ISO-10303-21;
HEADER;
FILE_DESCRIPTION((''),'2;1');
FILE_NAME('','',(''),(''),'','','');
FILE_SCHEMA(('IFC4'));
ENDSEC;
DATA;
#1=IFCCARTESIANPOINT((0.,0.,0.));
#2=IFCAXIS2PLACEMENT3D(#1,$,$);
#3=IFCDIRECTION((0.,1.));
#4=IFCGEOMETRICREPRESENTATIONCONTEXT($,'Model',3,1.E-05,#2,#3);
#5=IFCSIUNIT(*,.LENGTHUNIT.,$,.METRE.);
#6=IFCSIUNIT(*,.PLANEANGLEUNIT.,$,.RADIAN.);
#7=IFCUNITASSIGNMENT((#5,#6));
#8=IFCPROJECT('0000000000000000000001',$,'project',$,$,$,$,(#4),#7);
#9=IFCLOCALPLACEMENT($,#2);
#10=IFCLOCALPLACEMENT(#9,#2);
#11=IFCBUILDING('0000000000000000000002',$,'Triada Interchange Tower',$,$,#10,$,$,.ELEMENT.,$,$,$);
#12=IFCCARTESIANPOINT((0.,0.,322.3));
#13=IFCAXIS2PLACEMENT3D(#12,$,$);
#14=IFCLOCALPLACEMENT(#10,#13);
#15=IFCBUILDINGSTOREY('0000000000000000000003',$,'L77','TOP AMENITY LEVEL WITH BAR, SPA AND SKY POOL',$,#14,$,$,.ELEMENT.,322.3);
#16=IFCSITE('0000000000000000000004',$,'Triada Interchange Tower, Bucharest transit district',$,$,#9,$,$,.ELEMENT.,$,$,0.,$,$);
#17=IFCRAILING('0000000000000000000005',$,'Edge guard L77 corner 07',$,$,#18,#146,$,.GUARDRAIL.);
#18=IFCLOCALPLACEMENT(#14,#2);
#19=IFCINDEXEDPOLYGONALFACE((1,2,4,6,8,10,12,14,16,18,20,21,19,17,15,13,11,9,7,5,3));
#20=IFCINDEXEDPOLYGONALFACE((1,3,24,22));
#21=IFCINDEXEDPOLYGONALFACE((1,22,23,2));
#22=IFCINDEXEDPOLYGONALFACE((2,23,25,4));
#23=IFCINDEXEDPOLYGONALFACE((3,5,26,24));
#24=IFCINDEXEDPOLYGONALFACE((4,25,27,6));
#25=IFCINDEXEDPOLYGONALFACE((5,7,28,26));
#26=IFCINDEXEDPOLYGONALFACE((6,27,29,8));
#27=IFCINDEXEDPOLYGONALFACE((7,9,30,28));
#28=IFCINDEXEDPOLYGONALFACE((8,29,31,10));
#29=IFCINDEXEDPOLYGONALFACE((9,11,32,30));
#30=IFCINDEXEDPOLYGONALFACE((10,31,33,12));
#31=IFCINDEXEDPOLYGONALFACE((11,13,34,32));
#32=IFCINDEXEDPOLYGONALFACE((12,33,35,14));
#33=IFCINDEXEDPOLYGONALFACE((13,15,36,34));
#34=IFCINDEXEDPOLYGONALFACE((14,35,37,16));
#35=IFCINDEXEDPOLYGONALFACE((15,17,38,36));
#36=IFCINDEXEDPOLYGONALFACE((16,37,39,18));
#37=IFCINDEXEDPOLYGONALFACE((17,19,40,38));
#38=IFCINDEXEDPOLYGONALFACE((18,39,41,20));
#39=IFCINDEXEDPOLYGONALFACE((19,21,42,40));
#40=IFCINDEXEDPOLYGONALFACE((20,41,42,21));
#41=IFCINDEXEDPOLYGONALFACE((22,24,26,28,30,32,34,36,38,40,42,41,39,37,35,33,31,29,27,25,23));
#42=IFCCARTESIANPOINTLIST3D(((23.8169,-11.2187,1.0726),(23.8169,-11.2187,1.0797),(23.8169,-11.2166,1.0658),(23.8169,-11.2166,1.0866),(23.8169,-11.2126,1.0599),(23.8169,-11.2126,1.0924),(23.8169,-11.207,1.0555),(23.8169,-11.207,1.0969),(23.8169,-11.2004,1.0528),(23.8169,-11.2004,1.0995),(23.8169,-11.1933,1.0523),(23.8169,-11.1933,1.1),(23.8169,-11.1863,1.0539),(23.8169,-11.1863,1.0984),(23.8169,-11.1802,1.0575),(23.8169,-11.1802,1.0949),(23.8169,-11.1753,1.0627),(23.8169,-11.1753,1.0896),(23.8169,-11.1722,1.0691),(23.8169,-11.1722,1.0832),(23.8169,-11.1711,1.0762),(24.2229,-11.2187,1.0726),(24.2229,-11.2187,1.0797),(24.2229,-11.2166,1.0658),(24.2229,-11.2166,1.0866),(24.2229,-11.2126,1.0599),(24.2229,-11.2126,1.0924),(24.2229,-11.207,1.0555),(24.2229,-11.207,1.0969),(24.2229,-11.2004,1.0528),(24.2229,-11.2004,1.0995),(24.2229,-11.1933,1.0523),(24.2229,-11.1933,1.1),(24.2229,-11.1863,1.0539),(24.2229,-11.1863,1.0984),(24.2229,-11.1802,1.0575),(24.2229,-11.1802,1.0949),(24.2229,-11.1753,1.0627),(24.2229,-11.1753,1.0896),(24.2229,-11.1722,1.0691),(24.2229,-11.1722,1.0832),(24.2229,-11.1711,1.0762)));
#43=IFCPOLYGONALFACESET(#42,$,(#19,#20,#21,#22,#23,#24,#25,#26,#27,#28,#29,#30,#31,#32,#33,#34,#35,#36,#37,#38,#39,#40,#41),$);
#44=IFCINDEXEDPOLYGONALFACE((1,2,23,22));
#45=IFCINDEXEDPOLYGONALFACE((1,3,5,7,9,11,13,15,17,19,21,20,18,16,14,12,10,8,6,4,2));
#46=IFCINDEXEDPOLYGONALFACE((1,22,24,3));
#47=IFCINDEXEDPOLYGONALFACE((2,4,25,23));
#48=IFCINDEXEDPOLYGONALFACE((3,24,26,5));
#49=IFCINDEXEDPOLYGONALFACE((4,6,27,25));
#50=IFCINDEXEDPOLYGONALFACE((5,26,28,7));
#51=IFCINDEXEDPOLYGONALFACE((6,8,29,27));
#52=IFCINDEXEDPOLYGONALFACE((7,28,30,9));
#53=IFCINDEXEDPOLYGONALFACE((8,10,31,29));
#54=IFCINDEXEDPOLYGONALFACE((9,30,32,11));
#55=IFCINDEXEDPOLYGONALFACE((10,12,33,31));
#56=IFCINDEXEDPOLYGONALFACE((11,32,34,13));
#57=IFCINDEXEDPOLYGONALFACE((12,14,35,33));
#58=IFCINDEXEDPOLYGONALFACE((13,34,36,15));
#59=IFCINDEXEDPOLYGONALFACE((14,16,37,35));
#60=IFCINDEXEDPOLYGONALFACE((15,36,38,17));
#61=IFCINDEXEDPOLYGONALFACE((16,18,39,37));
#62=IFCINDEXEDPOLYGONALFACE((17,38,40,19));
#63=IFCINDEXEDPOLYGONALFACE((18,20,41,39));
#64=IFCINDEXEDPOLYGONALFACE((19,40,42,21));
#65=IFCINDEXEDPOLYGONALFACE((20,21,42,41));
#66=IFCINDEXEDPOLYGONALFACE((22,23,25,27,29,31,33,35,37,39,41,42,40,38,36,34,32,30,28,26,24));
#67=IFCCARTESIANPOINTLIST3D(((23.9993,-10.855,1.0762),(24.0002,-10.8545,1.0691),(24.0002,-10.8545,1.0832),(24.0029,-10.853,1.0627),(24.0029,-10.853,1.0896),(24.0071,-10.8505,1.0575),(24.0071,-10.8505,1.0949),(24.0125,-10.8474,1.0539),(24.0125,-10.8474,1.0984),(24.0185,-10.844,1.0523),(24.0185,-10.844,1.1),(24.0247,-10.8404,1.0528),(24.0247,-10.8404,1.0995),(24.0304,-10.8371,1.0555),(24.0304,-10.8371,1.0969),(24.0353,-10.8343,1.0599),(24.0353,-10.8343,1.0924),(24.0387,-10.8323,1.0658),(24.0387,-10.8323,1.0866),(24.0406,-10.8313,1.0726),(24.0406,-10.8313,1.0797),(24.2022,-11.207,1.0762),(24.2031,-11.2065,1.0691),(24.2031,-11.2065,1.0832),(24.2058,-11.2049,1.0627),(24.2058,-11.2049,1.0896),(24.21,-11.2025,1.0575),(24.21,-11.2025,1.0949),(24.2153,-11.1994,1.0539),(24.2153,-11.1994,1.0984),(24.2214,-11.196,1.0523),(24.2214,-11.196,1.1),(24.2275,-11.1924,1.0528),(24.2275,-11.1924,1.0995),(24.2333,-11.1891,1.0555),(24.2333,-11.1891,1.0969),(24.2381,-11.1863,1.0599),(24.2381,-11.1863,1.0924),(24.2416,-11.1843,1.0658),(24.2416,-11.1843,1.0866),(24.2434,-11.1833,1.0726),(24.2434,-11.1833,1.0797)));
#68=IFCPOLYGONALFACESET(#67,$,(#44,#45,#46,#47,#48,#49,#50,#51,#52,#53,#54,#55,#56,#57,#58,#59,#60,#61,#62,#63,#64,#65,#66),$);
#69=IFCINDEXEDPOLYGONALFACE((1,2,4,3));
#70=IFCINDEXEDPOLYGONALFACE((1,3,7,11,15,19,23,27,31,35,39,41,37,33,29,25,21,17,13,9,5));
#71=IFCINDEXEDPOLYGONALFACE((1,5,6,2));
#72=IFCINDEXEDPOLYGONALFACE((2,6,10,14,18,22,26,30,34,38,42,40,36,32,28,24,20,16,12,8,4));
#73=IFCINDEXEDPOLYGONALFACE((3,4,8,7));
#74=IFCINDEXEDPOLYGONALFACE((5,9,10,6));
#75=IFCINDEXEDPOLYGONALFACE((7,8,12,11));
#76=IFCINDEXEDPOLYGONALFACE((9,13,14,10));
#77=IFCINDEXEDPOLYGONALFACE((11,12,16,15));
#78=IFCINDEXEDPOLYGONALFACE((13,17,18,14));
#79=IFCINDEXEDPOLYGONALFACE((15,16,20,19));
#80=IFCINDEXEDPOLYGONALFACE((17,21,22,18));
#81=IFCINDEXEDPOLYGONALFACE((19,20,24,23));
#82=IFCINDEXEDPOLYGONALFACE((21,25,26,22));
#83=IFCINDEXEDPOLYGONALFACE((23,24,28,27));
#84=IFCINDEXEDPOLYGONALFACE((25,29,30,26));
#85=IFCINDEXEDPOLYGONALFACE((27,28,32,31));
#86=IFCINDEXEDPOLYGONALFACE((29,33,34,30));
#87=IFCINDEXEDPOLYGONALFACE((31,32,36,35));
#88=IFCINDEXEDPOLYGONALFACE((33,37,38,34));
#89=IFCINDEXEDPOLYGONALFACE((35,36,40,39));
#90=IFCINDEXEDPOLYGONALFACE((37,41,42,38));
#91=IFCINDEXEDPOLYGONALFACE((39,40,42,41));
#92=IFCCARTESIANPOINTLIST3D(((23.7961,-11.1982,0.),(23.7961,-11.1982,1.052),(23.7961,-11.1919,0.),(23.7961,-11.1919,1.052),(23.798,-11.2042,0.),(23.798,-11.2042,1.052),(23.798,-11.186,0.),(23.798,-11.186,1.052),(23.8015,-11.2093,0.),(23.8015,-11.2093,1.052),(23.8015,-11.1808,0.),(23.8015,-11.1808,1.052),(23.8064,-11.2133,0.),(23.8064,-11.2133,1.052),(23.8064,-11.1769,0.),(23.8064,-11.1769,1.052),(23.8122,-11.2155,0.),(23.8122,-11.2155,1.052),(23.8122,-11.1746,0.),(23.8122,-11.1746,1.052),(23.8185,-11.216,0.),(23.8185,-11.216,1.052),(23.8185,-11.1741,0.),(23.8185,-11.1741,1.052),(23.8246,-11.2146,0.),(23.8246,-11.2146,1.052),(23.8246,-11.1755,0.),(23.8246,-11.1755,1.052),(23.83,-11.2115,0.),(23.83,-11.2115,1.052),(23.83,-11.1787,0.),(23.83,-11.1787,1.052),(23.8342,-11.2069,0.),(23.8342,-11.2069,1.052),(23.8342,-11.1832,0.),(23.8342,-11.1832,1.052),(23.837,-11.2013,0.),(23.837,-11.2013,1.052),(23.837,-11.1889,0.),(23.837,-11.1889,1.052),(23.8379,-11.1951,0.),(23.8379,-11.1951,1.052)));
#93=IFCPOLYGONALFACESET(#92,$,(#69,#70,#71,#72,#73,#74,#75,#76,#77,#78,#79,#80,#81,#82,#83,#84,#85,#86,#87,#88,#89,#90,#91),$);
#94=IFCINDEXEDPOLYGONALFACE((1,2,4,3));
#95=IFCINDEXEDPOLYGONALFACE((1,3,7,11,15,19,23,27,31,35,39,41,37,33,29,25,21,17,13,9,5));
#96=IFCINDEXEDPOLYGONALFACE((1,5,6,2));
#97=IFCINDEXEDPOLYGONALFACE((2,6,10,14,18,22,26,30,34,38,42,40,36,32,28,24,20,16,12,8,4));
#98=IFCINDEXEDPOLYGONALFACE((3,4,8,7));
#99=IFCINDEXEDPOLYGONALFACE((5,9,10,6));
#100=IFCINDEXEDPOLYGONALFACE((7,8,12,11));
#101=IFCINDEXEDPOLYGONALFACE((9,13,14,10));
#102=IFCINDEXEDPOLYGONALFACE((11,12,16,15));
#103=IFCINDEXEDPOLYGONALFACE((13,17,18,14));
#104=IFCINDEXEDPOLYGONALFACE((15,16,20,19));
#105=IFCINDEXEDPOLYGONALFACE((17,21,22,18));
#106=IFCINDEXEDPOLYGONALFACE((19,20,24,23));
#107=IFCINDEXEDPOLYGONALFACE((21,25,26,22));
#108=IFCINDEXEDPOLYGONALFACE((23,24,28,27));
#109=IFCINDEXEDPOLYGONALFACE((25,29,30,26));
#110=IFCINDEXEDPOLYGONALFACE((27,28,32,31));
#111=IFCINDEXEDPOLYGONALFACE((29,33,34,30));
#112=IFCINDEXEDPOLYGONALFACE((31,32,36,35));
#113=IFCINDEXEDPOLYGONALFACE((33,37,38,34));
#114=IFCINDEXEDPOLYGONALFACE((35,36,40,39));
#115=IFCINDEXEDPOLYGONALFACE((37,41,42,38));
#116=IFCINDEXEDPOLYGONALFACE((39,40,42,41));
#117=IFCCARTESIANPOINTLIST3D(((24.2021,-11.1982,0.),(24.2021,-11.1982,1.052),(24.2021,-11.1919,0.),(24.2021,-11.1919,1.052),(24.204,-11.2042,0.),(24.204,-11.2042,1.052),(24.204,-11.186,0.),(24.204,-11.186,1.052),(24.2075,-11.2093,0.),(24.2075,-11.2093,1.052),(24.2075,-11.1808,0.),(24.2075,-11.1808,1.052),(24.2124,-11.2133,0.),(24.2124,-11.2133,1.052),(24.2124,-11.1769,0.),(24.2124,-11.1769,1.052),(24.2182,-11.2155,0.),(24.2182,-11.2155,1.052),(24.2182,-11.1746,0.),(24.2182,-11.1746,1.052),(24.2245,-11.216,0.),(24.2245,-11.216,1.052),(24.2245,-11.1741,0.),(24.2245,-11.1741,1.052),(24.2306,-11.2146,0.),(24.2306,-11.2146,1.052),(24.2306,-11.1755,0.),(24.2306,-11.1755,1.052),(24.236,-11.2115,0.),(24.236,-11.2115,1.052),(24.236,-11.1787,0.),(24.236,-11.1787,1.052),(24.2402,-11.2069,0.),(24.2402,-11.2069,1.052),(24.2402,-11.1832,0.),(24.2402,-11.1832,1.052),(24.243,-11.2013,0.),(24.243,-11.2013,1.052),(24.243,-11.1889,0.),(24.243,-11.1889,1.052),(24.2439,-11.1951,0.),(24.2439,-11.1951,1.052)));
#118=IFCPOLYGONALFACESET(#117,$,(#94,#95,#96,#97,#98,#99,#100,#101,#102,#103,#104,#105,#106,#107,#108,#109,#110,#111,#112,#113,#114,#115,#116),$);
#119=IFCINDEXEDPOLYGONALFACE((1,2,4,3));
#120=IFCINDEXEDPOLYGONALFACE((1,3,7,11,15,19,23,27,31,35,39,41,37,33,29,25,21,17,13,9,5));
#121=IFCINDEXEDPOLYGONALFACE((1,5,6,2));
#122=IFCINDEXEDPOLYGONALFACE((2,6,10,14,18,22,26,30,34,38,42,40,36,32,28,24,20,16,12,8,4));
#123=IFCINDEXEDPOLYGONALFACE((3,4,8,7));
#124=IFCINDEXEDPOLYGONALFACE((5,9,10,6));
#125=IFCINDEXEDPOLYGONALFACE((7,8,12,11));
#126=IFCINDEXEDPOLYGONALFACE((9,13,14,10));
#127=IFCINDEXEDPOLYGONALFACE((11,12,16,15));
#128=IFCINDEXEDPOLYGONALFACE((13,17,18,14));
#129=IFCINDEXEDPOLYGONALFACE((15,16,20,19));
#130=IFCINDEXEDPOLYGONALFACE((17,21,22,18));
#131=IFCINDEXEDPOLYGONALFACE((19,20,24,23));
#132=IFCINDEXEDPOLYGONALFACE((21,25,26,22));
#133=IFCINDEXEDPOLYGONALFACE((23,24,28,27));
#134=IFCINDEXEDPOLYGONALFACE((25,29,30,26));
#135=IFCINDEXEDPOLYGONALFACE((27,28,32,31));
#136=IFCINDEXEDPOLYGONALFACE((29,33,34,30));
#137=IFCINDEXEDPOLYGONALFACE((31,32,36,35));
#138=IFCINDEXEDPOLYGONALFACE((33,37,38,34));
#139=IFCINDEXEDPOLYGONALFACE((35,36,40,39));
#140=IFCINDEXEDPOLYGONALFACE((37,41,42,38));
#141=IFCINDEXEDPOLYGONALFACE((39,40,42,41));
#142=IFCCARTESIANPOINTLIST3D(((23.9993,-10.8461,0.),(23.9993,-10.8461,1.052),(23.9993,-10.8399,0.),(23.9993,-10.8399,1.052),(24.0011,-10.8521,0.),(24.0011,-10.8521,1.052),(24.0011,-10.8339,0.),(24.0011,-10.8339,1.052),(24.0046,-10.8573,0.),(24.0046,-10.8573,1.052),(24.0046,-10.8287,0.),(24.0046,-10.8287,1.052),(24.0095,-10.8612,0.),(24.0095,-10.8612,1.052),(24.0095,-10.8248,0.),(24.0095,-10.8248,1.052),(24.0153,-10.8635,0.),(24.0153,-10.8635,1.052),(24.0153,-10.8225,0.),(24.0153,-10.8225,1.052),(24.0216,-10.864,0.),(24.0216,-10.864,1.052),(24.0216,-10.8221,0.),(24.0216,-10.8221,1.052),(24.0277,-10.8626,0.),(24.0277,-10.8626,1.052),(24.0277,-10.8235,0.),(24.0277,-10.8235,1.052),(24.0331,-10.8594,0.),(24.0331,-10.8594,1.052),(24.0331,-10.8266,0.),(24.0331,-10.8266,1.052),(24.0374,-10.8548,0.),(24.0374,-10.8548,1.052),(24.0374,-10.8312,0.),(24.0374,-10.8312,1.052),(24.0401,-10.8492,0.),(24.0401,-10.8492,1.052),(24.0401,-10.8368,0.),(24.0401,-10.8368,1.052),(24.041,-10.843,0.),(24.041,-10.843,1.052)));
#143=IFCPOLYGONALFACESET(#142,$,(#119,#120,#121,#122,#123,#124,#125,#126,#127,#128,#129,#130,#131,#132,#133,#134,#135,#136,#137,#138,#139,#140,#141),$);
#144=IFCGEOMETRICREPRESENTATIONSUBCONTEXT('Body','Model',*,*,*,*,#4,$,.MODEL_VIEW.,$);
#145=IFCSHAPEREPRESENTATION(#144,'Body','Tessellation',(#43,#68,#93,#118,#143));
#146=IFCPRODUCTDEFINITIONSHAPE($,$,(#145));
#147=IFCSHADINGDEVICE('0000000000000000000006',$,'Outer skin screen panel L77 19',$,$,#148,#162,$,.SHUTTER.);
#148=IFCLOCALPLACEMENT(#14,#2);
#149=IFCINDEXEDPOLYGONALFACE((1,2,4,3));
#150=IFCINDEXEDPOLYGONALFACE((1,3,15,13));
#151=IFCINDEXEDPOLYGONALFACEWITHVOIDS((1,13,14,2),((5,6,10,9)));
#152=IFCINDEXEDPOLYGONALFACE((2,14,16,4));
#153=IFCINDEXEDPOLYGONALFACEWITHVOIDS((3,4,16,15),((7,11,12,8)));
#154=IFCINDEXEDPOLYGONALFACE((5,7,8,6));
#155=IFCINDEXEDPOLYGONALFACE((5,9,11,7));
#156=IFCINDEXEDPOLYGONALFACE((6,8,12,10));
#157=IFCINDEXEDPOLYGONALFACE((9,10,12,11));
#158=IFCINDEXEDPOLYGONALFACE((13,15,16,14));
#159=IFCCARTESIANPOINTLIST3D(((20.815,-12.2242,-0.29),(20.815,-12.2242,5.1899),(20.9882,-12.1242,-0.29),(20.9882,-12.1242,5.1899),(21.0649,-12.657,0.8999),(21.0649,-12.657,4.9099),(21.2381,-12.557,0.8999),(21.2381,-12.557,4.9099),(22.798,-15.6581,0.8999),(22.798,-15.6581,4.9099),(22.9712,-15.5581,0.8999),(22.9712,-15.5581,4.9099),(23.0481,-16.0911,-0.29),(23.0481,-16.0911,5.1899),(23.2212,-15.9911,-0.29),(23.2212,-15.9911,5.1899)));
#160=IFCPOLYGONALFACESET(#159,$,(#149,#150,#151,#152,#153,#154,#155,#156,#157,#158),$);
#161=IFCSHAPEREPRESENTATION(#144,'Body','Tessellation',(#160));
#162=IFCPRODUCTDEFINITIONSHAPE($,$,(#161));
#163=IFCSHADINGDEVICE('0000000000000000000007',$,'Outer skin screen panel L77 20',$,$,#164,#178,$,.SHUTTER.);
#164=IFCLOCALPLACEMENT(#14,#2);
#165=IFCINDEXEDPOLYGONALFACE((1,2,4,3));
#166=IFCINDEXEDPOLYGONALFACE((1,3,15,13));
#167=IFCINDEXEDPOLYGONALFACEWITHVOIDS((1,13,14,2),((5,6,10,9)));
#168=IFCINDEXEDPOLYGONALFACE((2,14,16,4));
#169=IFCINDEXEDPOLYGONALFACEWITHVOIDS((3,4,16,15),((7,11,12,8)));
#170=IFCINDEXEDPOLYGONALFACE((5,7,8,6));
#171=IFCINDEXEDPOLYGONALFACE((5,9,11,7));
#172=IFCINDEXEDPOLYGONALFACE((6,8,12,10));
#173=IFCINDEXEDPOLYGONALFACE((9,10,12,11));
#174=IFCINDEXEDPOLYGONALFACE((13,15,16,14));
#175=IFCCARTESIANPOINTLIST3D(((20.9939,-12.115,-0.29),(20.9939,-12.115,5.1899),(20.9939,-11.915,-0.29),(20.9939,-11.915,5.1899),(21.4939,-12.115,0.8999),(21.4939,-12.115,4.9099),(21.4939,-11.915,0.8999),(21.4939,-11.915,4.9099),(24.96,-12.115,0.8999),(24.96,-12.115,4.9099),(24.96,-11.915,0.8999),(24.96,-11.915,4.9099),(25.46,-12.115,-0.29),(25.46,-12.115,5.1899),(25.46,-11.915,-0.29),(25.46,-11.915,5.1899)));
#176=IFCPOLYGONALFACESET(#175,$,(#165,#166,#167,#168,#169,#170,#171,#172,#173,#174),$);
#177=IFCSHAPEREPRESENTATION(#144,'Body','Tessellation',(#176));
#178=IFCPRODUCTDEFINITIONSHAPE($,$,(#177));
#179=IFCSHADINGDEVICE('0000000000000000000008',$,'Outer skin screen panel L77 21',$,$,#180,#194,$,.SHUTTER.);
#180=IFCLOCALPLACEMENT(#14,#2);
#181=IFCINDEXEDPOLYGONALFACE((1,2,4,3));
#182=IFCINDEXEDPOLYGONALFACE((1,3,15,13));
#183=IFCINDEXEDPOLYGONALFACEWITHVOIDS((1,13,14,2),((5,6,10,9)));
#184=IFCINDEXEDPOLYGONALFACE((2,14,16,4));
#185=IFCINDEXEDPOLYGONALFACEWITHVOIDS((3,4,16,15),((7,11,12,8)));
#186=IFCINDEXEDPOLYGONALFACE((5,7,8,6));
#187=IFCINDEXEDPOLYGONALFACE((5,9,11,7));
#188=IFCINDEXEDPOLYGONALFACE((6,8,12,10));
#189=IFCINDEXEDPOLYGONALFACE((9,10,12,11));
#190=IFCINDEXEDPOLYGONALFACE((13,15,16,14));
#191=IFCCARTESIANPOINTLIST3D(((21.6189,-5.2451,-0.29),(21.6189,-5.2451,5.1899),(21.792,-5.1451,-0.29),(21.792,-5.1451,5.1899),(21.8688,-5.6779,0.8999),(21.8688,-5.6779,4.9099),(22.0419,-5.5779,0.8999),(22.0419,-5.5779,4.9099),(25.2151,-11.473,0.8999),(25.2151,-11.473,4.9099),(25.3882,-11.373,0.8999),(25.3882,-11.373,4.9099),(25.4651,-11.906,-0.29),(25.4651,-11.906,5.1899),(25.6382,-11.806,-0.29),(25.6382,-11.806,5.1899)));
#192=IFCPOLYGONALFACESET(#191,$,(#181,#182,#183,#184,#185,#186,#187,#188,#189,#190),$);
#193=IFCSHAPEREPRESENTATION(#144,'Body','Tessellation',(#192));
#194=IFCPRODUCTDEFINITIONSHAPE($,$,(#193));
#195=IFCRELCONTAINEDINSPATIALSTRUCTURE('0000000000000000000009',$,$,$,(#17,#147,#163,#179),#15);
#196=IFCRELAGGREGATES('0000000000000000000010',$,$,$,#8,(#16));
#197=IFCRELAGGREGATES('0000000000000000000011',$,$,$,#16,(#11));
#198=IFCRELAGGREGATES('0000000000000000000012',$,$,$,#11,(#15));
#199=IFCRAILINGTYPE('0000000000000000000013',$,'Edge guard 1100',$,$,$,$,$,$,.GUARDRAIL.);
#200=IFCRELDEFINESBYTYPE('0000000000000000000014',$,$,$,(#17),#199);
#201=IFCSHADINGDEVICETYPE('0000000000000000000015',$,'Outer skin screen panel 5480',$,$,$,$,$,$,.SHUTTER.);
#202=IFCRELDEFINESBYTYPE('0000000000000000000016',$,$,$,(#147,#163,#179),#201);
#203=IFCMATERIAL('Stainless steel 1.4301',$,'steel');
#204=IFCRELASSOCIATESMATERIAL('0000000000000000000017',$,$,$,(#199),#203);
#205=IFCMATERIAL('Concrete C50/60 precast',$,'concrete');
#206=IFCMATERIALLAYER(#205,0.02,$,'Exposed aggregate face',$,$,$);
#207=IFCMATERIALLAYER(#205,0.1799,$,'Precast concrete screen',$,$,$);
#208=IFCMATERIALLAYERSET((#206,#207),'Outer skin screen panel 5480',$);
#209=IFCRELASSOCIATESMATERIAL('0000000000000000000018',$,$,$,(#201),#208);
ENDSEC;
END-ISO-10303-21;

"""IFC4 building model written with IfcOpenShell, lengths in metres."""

from ifc_helpers import new_model, si_unit, direction, frame, origin, origin_2d, place, context, subcontext, project, spatial, polyline, circle, outline, extrude, material, layer, layer_set, type_object, element, save


model = new_model("IFC4")

# Units and contexts
model_context = context("Model", 3, precision=1e-05, world=origin(), true_north=direction((0.0, 1.0)))
body_context = subcontext(model_context, "Body", "Model", "MODEL_VIEW")
ifc_project = project(units=[si_unit("LENGTHUNIT", "METRE"), si_unit("PLANEANGLEUNIT", "RADIAN")], contexts=[model_context])

# Site, building, storey
site_placement = place(None, origin())
site = spatial("IfcSite", under=ifc_project, at=site_placement, Name="Triada Interchange Tower, Bucharest transit district", CompositionType="ELEMENT", RefElevation=0.0)
building_placement = place(site_placement, origin())
building = spatial("IfcBuilding", under=site, at=building_placement, Name="Triada Interchange Tower", CompositionType="ELEMENT")
storey_placement = place(building_placement, frame((0.0, 0.0, 322.3)))
storey = spatial("IfcBuildingStorey", under=building, at=storey_placement, Name="L77", Description="TOP AMENITY LEVEL WITH BAR, SPA AND SKY POOL", CompositionType="ELEMENT", Elevation=322.3)

# Railing
ifc_material_1 = material(Name="Stainless steel 1.4301", Category="steel")
railing_type = type_object("IfcRailingType", Name="Edge guard 1100", PredefinedType="GUARDRAIL", material=ifc_material_1)
railing_1_placement = place(storey_placement, frame((23.8169, -11.1951, 0.0)))
element("IfcRailing", 1, at=railing_1_placement, inside=storey, type_object=railing_type, Name="Edge guard L77 corner 07", PredefinedType="GUARDRAIL", context=body_context, shape_type="SweptSolid", body=[
    extrude(circle(Radius=0.0239, at=origin_2d()), frame((0.0, 0.0, 1.0762), z_axis=(1.0, 0.0, 0.0), x_axis=(0.0, 1.0, 0.0)), (0.0, 0.0, 1.0), 0.406),
    extrude(circle(Radius=0.0239, at=origin_2d()), frame((0.406, 0.0, 1.0762), z_axis=(-0.499306, 0.866426, 0.0), x_axis=(-0.866426, -0.499306, 0.0)), (0.0, 0.0, 1.0), 0.4062),
    extrude(circle(Radius=0.021, at=origin_2d()), origin(), (0.0, 0.0, 1.0), 1.052),
    extrude(circle(Radius=0.021, at=origin_2d()), frame((0.406, 0.0, 0.0)), (0.0, 0.0, 1.0), 1.052),
    extrude(circle(Radius=0.021, at=origin_2d()), frame((0.2031, 0.3521, 0.0)), (0.0, 0.0, 1.0), 1.052),
])

# Shading devices
ifc_material_2 = material(Name="Concrete C50/60 precast", Category="concrete")
ifc_layer_1 = layer(ifc_material_2, 0.02, Name="Exposed aggregate face")
ifc_layer_2 = layer(ifc_material_2, 0.1799, Name="Precast concrete screen")
ifc_layer_set_1 = layer_set([ifc_layer_1, ifc_layer_2], Name="Outer skin screen panel 5480")
shading_device_type = type_object("IfcShadingDeviceType", Name="Outer skin screen panel 5480", PredefinedType="SHUTTER", material=ifc_layer_set_1)
shading_device_1_placement = place(storey_placement, frame((23.0481, -16.0911, -0.29), z_axis=(0.0, 0.0, 1.0), x_axis=(-0.500096, 0.86597, 0.0)))
element("IfcShadingDevice", 2, at=shading_device_1_placement, inside=storey, type_object=shading_device_type, Name="Outer skin screen panel L77 19", PredefinedType="SHUTTER", context=body_context, shape_type="SweptSolid", body=[
    extrude(outline(polyline([(0.0, 0.0), (4.4653, 0.0), (4.4653, 5.48), (0.0, 5.48), (0.0, 0.0)]), holes=[polyline([(0.5, 1.1899), (0.5, 5.2), (3.9656, 5.2), (3.9656, 1.1899), (0.5, 1.1899)])]), frame((0.0, 0.0, 0.0), z_axis=(0.0, -1.0, 0.0), x_axis=(1.0, 0.0, 0.0)), (0.0, 0.0, 1.0), 0.2),
])
shading_device_2_placement = place(storey_placement, frame((20.9939, -11.915, -0.29), z_axis=(0.0, 0.0, 1.0), x_axis=(1.0, 0.0, 0.0)))
element("IfcShadingDevice", 3, at=shading_device_2_placement, inside=storey, type_object=shading_device_type, Name="Outer skin screen panel L77 20", PredefinedType="SHUTTER", context=body_context, shape_type="SweptSolid", body=[
    extrude(outline(polyline([(0.0, 0.0), (4.4661, 0.0), (4.4661, 5.48), (0.0, 5.48), (0.0, 0.0)]), holes=[polyline([(0.5, 1.1899), (0.5, 5.2), (3.9661, 5.2), (3.9661, 1.1899), (0.5, 1.1899)])]), frame((0.0, 0.0, 0.0), z_axis=(0.0, -1.0, 0.0), x_axis=(1.0, 0.0, 0.0)), (0.0, 0.0, 1.0), 0.2),
])
shading_device_3_placement = place(storey_placement, frame((25.4651, -11.906, -0.29), z_axis=(0.0, 0.0, 1.0), x_axis=(-0.500051, 0.865996, 0.0)))
element("IfcShadingDevice", 4, at=shading_device_3_placement, inside=storey, type_object=shading_device_type, Name="Outer skin screen panel L77 21", PredefinedType="SHUTTER", context=body_context, shape_type="SweptSolid", body=[
    extrude(outline(polyline([(0.0, 0.0), (7.6917, 0.0), (7.6917, 5.48), (0.0, 5.48), (0.0, 0.0)]), holes=[polyline([(0.5, 1.1899), (0.5, 5.2), (7.1919, 5.2), (7.1919, 1.1899), (0.5, 1.1899)])]), frame((0.0, 0.0, 0.0), z_axis=(0.0, -1.0, 0.0), x_axis=(1.0, 0.0, 0.0)), (0.0, 0.0, 1.0), 0.2),
])

save(model, "model.ifc")
